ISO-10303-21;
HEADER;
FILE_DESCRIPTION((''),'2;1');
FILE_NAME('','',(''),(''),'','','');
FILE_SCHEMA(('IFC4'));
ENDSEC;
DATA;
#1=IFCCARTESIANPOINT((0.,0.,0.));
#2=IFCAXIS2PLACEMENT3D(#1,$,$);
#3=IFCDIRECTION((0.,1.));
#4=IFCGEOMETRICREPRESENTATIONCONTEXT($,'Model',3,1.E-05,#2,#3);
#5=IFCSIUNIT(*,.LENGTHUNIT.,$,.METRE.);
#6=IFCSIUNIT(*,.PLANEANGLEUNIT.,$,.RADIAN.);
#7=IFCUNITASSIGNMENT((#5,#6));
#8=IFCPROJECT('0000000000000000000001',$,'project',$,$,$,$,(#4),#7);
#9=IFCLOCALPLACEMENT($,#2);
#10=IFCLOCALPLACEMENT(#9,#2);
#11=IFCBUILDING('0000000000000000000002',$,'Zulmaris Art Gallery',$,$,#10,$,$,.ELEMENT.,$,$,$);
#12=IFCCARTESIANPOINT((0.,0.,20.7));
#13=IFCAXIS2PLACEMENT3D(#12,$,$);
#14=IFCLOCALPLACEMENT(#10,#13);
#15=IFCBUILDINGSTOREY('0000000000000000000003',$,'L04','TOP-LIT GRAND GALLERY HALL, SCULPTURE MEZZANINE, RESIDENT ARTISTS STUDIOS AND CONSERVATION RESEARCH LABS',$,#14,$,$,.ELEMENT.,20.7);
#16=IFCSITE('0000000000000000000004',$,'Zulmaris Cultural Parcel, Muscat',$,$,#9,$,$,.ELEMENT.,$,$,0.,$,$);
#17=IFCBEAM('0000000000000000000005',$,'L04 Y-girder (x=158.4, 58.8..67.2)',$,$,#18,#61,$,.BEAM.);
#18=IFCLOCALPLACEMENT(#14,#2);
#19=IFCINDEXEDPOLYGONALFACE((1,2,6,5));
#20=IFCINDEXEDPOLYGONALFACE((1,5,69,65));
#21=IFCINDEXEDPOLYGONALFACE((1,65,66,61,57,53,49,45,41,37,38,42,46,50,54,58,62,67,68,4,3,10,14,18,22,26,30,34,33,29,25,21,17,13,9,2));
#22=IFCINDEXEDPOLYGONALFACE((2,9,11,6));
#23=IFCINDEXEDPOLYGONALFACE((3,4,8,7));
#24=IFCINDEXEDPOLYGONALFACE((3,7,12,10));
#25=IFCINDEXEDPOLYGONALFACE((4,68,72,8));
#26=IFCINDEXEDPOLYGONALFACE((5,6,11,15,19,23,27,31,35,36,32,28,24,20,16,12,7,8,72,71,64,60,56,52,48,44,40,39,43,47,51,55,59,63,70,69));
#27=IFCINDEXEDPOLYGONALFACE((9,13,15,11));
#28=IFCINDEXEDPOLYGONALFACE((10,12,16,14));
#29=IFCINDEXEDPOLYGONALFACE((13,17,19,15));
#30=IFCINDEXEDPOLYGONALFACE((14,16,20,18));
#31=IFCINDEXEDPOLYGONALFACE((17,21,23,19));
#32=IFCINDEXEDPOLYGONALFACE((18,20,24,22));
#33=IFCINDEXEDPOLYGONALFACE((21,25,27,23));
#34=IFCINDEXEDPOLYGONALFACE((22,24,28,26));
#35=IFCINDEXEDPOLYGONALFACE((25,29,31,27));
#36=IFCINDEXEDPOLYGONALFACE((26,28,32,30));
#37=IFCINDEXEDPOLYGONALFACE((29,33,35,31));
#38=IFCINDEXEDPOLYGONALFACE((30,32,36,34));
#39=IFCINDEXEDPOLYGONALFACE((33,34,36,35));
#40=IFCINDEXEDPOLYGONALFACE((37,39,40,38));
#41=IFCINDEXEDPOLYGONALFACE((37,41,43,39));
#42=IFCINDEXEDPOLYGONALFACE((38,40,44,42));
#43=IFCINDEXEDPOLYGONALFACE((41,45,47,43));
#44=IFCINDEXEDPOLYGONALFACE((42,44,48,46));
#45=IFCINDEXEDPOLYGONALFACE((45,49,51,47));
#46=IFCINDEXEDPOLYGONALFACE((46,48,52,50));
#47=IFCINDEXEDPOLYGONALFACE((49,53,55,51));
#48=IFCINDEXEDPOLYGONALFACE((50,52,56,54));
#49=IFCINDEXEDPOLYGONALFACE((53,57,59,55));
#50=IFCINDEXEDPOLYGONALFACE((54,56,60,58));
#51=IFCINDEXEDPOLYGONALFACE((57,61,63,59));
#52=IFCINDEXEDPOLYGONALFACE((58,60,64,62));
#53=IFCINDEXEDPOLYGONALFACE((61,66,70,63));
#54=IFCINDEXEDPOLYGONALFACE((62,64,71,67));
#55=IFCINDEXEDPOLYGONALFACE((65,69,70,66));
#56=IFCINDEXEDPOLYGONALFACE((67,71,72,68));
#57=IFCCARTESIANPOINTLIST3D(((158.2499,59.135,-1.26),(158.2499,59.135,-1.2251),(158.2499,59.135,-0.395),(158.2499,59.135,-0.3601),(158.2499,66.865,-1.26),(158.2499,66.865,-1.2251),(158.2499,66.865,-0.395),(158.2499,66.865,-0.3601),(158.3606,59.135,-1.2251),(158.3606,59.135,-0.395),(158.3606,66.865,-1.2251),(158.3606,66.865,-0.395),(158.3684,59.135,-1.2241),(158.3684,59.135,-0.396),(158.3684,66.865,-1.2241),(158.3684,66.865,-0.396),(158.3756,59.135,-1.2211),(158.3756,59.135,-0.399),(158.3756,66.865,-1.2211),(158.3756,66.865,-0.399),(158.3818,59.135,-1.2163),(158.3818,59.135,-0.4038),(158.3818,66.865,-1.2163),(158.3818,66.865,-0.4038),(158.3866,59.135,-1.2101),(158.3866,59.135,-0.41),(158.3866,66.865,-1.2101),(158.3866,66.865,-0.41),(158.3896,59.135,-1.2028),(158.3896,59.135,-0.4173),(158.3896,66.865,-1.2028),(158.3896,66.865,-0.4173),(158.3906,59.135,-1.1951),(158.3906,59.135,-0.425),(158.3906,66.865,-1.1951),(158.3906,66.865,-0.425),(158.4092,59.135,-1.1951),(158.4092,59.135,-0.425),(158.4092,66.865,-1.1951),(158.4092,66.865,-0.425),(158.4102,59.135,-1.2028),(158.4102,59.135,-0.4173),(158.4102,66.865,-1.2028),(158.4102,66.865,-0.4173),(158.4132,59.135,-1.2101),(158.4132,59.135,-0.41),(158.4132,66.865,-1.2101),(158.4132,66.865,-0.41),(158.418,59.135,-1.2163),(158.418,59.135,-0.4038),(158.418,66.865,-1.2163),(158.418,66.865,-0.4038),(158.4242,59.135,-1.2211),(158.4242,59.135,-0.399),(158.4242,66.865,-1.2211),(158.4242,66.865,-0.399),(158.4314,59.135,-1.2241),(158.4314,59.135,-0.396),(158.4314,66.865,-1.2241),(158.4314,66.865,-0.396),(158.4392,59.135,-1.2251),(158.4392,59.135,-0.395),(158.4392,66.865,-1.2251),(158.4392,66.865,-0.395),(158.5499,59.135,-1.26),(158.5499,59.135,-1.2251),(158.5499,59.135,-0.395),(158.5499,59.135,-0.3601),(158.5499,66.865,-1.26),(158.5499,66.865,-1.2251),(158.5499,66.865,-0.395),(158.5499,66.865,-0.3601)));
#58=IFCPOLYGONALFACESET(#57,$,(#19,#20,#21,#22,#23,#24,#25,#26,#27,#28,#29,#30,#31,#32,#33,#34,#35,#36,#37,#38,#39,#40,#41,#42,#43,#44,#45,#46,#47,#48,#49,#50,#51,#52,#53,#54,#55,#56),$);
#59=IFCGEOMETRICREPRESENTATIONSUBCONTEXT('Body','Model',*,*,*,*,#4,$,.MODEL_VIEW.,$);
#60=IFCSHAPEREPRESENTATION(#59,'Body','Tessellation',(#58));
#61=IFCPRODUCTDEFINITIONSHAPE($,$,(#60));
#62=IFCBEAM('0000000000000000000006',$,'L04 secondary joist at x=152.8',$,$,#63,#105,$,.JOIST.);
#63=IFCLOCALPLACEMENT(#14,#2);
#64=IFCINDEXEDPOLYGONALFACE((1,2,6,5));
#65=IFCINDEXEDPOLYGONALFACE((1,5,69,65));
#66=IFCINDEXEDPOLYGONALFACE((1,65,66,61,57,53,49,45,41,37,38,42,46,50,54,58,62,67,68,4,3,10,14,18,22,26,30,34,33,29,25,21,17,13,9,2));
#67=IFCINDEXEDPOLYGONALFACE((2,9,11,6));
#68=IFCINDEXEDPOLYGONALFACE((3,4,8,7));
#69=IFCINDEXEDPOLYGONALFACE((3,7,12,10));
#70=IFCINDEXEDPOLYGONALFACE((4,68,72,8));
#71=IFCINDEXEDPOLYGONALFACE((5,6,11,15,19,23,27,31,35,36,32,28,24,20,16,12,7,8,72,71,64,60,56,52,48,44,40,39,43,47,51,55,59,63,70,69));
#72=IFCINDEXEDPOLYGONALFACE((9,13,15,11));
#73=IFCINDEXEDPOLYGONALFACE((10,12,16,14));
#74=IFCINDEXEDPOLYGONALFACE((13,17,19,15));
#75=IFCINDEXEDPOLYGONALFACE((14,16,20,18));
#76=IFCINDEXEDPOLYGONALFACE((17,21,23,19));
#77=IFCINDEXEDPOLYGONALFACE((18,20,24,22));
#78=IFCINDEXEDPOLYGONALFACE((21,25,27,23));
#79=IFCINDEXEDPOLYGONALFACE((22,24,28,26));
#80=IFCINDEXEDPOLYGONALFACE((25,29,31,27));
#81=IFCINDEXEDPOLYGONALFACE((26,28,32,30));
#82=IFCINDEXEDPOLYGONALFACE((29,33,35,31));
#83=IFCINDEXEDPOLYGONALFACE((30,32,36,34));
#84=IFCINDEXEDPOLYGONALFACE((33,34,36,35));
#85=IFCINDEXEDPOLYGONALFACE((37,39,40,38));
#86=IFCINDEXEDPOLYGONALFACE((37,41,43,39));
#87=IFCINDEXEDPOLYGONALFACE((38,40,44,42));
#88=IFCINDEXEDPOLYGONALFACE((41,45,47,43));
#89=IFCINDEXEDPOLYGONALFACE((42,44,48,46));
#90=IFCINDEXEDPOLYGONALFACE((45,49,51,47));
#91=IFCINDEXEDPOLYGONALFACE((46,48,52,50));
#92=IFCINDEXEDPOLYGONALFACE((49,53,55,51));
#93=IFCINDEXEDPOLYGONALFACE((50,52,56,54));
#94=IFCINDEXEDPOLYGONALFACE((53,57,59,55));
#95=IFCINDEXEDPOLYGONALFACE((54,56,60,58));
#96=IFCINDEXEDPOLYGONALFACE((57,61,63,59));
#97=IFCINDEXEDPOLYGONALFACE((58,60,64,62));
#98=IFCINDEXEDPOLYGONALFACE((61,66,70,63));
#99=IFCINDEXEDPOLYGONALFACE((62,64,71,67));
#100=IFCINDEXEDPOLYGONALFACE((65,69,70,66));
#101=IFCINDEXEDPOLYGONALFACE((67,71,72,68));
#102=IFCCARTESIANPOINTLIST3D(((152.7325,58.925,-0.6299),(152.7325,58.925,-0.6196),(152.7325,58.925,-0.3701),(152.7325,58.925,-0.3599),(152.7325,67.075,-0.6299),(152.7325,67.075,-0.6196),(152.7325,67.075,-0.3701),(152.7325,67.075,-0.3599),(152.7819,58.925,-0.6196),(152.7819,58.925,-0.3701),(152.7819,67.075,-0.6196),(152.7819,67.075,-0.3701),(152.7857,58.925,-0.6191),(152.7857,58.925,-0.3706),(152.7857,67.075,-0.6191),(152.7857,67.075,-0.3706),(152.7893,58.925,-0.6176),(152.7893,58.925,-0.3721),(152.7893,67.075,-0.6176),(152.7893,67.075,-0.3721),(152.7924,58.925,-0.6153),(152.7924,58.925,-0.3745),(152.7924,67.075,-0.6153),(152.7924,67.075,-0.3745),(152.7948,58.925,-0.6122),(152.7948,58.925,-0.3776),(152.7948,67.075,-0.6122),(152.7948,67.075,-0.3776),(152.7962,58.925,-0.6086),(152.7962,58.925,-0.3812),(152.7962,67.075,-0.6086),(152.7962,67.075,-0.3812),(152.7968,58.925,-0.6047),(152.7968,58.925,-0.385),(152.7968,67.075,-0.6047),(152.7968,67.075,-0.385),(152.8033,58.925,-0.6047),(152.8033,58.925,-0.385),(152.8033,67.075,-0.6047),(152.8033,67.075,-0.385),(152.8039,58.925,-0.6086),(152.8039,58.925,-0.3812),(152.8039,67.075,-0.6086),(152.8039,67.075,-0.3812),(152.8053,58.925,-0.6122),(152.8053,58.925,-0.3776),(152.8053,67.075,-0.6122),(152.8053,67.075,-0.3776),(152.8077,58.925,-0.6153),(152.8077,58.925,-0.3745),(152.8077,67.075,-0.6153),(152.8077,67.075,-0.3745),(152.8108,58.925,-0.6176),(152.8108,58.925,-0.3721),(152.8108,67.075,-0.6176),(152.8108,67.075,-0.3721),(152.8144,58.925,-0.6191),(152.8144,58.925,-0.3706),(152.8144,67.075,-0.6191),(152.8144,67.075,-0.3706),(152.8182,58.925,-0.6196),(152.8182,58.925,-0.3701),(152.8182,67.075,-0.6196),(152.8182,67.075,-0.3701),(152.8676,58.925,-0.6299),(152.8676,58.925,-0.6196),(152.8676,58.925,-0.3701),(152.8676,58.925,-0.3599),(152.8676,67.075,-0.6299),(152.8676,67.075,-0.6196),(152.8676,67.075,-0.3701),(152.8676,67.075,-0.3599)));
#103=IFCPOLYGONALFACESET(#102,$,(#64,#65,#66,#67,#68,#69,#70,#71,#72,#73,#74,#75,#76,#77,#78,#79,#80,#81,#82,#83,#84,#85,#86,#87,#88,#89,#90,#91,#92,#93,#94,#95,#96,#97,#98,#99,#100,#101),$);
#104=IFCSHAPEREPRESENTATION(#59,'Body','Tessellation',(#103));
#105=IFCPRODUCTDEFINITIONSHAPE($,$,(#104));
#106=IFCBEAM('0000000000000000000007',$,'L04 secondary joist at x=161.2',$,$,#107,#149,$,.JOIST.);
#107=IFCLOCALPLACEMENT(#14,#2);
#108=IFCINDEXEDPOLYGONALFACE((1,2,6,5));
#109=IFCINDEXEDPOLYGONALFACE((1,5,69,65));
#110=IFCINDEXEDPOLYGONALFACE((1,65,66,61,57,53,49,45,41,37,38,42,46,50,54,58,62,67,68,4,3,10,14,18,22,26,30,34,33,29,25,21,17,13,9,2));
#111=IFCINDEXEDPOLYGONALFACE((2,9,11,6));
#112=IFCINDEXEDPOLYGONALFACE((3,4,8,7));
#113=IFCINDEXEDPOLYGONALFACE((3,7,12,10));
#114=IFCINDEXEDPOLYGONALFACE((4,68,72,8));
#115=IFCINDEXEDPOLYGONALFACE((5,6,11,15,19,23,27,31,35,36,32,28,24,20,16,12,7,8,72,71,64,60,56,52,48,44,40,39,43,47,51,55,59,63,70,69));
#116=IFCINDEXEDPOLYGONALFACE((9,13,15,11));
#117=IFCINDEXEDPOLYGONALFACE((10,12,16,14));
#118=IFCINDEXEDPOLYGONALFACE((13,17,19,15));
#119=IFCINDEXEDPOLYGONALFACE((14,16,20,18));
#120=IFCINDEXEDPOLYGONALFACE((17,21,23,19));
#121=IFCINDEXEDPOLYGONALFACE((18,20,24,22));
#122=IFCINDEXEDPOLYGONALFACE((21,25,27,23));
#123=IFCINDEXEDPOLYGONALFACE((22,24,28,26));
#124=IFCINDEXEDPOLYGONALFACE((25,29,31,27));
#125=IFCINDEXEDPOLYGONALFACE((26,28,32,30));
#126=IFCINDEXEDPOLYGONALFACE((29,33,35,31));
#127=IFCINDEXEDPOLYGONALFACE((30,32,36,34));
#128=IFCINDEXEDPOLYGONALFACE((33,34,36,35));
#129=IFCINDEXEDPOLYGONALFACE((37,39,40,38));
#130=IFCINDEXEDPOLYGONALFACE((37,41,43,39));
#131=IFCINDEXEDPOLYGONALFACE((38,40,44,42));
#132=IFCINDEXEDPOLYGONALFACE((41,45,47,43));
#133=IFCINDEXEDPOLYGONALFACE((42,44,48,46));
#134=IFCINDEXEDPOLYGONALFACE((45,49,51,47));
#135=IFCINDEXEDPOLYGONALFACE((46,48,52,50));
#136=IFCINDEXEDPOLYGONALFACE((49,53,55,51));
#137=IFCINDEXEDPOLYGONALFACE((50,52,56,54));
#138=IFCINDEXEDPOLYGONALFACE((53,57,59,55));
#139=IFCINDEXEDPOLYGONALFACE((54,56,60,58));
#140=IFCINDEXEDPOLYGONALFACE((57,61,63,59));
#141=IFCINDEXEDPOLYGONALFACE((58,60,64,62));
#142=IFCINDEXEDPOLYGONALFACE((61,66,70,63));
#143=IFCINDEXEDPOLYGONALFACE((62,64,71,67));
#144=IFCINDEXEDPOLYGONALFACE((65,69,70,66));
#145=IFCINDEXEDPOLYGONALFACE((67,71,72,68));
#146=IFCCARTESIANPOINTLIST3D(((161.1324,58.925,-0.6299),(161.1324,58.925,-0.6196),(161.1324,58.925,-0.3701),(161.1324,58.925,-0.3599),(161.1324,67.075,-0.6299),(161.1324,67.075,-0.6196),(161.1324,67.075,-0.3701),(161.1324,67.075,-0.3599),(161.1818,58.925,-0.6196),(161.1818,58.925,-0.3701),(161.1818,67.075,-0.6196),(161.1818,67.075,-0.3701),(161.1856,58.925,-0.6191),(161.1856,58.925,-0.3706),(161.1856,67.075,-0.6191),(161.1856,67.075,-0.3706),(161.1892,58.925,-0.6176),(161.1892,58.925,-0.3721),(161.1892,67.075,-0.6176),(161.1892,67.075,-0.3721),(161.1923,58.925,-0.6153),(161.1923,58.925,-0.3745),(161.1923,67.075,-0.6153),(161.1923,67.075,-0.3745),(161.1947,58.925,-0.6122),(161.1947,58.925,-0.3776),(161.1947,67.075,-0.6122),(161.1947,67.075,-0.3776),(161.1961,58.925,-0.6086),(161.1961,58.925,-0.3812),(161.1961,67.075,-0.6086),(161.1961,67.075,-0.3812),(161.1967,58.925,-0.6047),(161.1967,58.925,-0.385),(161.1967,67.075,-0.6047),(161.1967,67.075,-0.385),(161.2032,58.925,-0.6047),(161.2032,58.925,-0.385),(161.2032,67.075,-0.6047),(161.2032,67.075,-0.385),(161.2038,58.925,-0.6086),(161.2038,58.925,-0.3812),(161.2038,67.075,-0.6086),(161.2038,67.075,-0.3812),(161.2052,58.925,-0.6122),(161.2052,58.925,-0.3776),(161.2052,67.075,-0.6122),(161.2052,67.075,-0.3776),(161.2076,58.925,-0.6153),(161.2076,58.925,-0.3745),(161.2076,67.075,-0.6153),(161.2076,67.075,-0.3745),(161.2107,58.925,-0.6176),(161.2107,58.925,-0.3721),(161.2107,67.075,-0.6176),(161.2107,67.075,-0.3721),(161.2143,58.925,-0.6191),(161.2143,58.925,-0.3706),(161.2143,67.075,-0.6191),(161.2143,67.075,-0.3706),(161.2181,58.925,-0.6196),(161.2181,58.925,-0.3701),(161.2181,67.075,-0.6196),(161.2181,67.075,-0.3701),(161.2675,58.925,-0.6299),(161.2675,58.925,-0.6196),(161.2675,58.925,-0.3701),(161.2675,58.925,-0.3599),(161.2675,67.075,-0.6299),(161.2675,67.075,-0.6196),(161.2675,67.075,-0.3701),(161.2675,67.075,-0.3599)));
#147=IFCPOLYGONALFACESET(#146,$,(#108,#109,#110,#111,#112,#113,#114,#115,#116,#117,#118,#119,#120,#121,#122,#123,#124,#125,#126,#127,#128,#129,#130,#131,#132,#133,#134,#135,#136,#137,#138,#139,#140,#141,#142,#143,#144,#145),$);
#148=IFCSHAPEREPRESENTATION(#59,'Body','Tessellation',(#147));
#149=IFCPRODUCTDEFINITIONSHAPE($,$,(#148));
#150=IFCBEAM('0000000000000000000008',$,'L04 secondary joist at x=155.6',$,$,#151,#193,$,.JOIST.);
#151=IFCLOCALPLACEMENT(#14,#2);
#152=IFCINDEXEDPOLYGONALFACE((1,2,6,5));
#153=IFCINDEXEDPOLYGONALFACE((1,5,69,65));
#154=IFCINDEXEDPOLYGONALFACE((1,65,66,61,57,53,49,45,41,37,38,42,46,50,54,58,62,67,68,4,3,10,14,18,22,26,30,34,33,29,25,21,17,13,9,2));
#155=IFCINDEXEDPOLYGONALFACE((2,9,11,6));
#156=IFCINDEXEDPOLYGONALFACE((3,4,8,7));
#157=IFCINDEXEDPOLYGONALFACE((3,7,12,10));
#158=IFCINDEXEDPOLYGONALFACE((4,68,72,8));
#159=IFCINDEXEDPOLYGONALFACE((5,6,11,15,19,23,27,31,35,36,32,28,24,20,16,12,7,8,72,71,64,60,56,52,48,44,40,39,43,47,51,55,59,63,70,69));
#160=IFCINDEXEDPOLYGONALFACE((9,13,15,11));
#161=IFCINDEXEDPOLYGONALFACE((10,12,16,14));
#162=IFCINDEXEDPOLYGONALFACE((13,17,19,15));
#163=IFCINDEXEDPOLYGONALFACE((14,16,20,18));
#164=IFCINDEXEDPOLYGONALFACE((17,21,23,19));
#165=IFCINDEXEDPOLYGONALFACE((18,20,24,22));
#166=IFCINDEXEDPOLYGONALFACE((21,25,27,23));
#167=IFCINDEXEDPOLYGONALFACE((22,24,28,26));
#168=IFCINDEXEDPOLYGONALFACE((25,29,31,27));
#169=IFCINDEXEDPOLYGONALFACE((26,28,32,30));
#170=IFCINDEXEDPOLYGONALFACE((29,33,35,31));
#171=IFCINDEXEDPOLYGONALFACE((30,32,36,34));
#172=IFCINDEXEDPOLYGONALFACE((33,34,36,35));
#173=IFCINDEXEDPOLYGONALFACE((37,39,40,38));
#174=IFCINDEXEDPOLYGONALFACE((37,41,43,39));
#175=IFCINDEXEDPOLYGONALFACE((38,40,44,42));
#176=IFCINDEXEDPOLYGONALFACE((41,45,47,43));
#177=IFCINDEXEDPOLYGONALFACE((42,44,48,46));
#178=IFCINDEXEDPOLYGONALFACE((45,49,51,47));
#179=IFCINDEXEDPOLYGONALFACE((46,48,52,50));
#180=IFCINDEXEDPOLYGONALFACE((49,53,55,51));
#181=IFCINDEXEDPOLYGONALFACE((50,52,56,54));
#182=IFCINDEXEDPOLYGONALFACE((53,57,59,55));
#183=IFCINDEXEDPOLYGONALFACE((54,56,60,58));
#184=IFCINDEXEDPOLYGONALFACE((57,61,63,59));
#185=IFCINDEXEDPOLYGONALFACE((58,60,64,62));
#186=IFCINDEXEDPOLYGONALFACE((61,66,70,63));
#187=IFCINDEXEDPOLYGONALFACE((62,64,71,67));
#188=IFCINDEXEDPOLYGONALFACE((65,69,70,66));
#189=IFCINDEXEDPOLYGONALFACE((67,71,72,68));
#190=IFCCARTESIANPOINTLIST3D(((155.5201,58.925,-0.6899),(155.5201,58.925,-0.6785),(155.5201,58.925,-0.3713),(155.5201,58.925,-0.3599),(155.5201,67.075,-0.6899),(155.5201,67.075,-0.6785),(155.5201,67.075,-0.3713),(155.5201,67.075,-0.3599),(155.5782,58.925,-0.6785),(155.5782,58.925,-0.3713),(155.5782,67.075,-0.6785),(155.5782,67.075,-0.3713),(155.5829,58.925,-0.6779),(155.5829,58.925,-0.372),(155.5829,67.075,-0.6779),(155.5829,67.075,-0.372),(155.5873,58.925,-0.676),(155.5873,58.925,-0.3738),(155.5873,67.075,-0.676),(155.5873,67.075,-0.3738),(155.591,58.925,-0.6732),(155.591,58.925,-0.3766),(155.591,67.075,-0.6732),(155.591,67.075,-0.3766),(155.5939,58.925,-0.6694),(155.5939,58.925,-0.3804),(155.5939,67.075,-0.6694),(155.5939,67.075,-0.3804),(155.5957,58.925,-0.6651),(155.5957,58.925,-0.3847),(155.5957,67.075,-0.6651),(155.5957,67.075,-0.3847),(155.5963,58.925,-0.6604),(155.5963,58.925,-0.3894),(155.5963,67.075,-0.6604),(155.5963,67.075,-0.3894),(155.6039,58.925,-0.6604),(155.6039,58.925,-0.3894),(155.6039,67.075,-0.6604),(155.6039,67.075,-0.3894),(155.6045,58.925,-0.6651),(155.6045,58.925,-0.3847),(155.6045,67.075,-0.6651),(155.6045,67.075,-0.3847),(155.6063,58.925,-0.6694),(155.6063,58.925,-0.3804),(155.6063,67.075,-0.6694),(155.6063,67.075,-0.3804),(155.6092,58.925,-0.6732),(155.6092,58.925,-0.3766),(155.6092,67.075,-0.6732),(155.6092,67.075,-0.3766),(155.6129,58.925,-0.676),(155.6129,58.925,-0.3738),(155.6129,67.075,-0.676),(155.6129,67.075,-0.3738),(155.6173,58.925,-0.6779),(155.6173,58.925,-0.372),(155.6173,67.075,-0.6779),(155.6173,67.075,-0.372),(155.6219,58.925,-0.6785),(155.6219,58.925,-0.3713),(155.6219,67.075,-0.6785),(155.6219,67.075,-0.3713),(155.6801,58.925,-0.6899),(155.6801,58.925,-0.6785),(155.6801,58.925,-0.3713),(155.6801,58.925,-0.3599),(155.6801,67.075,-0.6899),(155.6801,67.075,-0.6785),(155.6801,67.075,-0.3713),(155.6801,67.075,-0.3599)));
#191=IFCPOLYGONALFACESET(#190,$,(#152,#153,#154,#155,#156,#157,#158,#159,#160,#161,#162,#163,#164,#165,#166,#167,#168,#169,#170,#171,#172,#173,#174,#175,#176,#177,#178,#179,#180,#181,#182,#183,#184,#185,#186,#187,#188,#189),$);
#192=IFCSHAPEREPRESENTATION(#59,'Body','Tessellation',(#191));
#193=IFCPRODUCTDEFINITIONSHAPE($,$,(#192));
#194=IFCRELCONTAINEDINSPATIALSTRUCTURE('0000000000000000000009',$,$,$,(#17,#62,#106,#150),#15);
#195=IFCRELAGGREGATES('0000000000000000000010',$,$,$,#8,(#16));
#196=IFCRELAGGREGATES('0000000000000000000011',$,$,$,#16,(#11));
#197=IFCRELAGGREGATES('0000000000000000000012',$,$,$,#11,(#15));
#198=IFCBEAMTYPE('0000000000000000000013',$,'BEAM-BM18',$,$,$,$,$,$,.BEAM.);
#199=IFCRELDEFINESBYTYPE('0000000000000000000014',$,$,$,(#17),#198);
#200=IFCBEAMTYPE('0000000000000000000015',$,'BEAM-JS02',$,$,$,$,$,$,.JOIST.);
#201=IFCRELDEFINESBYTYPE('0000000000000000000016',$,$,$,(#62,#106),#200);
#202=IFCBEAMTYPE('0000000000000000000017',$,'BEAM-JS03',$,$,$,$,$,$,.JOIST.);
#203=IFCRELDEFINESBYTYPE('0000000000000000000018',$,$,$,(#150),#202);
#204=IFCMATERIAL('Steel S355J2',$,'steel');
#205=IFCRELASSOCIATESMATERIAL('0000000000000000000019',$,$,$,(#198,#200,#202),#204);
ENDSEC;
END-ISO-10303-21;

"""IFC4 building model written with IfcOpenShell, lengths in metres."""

from ifc_helpers import new_model, si_unit, direction, frame, origin, origin_2d, place, context, subcontext, project, spatial, i_section, extrude, material, material_profile, profile_set, type_object, element, save


model = new_model("IFC4")

# Units and contexts
model_context = context("Model", 3, precision=1e-05, world=origin(), true_north=direction((0.0, 1.0)))
body_context = subcontext(model_context, "Body", "Model", "MODEL_VIEW")
ifc_project = project(units=[si_unit("LENGTHUNIT", "METRE"), si_unit("PLANEANGLEUNIT", "RADIAN")], contexts=[model_context])

# Site, building, storey
site_placement = place(None, origin())
site = spatial("IfcSite", under=ifc_project, at=site_placement, Name="Zulmaris Cultural Parcel, Muscat", CompositionType="ELEMENT", RefElevation=0.0)
building_placement = place(site_placement, origin())
building = spatial("IfcBuilding", under=site, at=building_placement, Name="Zulmaris Art Gallery", CompositionType="ELEMENT")
storey_placement = place(building_placement, frame((0.0, 0.0, 20.7)))
storey = spatial("IfcBuildingStorey", under=building, at=storey_placement, Name="L04", Description="TOP-LIT GRAND GALLERY HALL, SCULPTURE MEZZANINE, RESIDENT ARTISTS STUDIOS AND CONSERVATION RESEARCH LABS", CompositionType="ELEMENT", Elevation=20.7)

# Beams
ifc_material_1 = material(Name="Steel S355J2", Category="steel")
ifc_material_profile_1 = material_profile(ifc_material_1, i_section(OverallWidth=0.3, OverallDepth=0.8999, WebThickness=0.0186, FlangeThickness=0.0349, FilletRadius=0.03, at=origin_2d()), Name="HEB 900")
ifc_profile_set_1 = profile_set([ifc_material_profile_1], Name="Steel S355J2")
beam_type_1 = type_object("IfcBeamType", Name="BEAM-BM18", PredefinedType="BEAM", material=ifc_profile_set_1)
for number, where, z_axis, x_axis, name in (
    (1, (158.3999, 59.135, -0.8101), (0.0, 1.0, 0.0), (-1.0, 0.0, 0.0), "L04 Y-girder (x=158.4, 58.8..67.2)"),
):
    element("IfcBeam", number, at=place(storey_placement, frame(where, z_axis=z_axis, x_axis=x_axis)), inside=storey, type_object=beam_type_1, Name=name, PredefinedType="BEAM", context=body_context, shape_type="SweptSolid", body=[
        extrude(i_section(OverallWidth=0.3, OverallDepth=0.8999, WebThickness=0.0186, FlangeThickness=0.0349, FilletRadius=0.03, at=origin_2d()), origin(), (0.0, 0.0, 1.0), 7.73),
    ])
ifc_material_profile_2 = material_profile(ifc_material_1, i_section(OverallWidth=0.135, OverallDepth=0.27, WebThickness=0.0066, FlangeThickness=0.0103, FilletRadius=0.0149, at=origin_2d()), Name="IPE 270")
ifc_profile_set_2 = profile_set([ifc_material_profile_2], Name="Steel S355J2")
beam_type_2 = type_object("IfcBeamType", Name="BEAM-JS02", PredefinedType="JOIST", material=ifc_profile_set_2)
for number, where, z_axis, x_axis, name in (
    (2, (152.8, 58.925, -0.4949), (0.0, 1.0, 0.0), (-1.0, 0.0, 0.0), "L04 secondary joist at x=152.8"),
    (3, (161.2, 58.925, -0.4949), (0.0, 1.0, 0.0), (-1.0, 0.0, 0.0), "L04 secondary joist at x=161.2"),
):
    element("IfcBeam", number, at=place(storey_placement, frame(where, z_axis=z_axis, x_axis=x_axis)), inside=storey, type_object=beam_type_2, Name=name, PredefinedType="JOIST", context=body_context, shape_type="SweptSolid", body=[
        extrude(i_section(OverallWidth=0.135, OverallDepth=0.27, WebThickness=0.0066, FlangeThickness=0.0103, FilletRadius=0.0149, at=origin_2d()), origin(), (0.0, 0.0, 1.0), 8.1499),
    ])
ifc_material_profile_3 = material_profile(ifc_material_1, i_section(OverallWidth=0.1599, OverallDepth=0.3301, WebThickness=0.0076, FlangeThickness=0.0115, FilletRadius=0.0181, at=origin_2d()), Name="IPE 330")
ifc_profile_set_3 = profile_set([ifc_material_profile_3], Name="Steel S355J2")
beam_type_3 = type_object("IfcBeamType", Name="BEAM-JS03", PredefinedType="JOIST", material=ifc_profile_set_3)
beam_1_placement = place(storey_placement, frame((155.6001, 58.925, -0.5249), z_axis=(0.0, 1.0, 0.0), x_axis=(-1.0, 0.0, 0.0)))
element("IfcBeam", 4, at=beam_1_placement, inside=storey, type_object=beam_type_3, Name="L04 secondary joist at x=155.6", PredefinedType="JOIST", context=body_context, shape_type="SweptSolid", body=[
    extrude(i_section(OverallWidth=0.1599, OverallDepth=0.3301, WebThickness=0.0076, FlangeThickness=0.0115, FilletRadius=0.0181, at=origin_2d()), origin(), (0.0, 0.0, 1.0), 8.1499),
])

save(model, "model.ifc")
